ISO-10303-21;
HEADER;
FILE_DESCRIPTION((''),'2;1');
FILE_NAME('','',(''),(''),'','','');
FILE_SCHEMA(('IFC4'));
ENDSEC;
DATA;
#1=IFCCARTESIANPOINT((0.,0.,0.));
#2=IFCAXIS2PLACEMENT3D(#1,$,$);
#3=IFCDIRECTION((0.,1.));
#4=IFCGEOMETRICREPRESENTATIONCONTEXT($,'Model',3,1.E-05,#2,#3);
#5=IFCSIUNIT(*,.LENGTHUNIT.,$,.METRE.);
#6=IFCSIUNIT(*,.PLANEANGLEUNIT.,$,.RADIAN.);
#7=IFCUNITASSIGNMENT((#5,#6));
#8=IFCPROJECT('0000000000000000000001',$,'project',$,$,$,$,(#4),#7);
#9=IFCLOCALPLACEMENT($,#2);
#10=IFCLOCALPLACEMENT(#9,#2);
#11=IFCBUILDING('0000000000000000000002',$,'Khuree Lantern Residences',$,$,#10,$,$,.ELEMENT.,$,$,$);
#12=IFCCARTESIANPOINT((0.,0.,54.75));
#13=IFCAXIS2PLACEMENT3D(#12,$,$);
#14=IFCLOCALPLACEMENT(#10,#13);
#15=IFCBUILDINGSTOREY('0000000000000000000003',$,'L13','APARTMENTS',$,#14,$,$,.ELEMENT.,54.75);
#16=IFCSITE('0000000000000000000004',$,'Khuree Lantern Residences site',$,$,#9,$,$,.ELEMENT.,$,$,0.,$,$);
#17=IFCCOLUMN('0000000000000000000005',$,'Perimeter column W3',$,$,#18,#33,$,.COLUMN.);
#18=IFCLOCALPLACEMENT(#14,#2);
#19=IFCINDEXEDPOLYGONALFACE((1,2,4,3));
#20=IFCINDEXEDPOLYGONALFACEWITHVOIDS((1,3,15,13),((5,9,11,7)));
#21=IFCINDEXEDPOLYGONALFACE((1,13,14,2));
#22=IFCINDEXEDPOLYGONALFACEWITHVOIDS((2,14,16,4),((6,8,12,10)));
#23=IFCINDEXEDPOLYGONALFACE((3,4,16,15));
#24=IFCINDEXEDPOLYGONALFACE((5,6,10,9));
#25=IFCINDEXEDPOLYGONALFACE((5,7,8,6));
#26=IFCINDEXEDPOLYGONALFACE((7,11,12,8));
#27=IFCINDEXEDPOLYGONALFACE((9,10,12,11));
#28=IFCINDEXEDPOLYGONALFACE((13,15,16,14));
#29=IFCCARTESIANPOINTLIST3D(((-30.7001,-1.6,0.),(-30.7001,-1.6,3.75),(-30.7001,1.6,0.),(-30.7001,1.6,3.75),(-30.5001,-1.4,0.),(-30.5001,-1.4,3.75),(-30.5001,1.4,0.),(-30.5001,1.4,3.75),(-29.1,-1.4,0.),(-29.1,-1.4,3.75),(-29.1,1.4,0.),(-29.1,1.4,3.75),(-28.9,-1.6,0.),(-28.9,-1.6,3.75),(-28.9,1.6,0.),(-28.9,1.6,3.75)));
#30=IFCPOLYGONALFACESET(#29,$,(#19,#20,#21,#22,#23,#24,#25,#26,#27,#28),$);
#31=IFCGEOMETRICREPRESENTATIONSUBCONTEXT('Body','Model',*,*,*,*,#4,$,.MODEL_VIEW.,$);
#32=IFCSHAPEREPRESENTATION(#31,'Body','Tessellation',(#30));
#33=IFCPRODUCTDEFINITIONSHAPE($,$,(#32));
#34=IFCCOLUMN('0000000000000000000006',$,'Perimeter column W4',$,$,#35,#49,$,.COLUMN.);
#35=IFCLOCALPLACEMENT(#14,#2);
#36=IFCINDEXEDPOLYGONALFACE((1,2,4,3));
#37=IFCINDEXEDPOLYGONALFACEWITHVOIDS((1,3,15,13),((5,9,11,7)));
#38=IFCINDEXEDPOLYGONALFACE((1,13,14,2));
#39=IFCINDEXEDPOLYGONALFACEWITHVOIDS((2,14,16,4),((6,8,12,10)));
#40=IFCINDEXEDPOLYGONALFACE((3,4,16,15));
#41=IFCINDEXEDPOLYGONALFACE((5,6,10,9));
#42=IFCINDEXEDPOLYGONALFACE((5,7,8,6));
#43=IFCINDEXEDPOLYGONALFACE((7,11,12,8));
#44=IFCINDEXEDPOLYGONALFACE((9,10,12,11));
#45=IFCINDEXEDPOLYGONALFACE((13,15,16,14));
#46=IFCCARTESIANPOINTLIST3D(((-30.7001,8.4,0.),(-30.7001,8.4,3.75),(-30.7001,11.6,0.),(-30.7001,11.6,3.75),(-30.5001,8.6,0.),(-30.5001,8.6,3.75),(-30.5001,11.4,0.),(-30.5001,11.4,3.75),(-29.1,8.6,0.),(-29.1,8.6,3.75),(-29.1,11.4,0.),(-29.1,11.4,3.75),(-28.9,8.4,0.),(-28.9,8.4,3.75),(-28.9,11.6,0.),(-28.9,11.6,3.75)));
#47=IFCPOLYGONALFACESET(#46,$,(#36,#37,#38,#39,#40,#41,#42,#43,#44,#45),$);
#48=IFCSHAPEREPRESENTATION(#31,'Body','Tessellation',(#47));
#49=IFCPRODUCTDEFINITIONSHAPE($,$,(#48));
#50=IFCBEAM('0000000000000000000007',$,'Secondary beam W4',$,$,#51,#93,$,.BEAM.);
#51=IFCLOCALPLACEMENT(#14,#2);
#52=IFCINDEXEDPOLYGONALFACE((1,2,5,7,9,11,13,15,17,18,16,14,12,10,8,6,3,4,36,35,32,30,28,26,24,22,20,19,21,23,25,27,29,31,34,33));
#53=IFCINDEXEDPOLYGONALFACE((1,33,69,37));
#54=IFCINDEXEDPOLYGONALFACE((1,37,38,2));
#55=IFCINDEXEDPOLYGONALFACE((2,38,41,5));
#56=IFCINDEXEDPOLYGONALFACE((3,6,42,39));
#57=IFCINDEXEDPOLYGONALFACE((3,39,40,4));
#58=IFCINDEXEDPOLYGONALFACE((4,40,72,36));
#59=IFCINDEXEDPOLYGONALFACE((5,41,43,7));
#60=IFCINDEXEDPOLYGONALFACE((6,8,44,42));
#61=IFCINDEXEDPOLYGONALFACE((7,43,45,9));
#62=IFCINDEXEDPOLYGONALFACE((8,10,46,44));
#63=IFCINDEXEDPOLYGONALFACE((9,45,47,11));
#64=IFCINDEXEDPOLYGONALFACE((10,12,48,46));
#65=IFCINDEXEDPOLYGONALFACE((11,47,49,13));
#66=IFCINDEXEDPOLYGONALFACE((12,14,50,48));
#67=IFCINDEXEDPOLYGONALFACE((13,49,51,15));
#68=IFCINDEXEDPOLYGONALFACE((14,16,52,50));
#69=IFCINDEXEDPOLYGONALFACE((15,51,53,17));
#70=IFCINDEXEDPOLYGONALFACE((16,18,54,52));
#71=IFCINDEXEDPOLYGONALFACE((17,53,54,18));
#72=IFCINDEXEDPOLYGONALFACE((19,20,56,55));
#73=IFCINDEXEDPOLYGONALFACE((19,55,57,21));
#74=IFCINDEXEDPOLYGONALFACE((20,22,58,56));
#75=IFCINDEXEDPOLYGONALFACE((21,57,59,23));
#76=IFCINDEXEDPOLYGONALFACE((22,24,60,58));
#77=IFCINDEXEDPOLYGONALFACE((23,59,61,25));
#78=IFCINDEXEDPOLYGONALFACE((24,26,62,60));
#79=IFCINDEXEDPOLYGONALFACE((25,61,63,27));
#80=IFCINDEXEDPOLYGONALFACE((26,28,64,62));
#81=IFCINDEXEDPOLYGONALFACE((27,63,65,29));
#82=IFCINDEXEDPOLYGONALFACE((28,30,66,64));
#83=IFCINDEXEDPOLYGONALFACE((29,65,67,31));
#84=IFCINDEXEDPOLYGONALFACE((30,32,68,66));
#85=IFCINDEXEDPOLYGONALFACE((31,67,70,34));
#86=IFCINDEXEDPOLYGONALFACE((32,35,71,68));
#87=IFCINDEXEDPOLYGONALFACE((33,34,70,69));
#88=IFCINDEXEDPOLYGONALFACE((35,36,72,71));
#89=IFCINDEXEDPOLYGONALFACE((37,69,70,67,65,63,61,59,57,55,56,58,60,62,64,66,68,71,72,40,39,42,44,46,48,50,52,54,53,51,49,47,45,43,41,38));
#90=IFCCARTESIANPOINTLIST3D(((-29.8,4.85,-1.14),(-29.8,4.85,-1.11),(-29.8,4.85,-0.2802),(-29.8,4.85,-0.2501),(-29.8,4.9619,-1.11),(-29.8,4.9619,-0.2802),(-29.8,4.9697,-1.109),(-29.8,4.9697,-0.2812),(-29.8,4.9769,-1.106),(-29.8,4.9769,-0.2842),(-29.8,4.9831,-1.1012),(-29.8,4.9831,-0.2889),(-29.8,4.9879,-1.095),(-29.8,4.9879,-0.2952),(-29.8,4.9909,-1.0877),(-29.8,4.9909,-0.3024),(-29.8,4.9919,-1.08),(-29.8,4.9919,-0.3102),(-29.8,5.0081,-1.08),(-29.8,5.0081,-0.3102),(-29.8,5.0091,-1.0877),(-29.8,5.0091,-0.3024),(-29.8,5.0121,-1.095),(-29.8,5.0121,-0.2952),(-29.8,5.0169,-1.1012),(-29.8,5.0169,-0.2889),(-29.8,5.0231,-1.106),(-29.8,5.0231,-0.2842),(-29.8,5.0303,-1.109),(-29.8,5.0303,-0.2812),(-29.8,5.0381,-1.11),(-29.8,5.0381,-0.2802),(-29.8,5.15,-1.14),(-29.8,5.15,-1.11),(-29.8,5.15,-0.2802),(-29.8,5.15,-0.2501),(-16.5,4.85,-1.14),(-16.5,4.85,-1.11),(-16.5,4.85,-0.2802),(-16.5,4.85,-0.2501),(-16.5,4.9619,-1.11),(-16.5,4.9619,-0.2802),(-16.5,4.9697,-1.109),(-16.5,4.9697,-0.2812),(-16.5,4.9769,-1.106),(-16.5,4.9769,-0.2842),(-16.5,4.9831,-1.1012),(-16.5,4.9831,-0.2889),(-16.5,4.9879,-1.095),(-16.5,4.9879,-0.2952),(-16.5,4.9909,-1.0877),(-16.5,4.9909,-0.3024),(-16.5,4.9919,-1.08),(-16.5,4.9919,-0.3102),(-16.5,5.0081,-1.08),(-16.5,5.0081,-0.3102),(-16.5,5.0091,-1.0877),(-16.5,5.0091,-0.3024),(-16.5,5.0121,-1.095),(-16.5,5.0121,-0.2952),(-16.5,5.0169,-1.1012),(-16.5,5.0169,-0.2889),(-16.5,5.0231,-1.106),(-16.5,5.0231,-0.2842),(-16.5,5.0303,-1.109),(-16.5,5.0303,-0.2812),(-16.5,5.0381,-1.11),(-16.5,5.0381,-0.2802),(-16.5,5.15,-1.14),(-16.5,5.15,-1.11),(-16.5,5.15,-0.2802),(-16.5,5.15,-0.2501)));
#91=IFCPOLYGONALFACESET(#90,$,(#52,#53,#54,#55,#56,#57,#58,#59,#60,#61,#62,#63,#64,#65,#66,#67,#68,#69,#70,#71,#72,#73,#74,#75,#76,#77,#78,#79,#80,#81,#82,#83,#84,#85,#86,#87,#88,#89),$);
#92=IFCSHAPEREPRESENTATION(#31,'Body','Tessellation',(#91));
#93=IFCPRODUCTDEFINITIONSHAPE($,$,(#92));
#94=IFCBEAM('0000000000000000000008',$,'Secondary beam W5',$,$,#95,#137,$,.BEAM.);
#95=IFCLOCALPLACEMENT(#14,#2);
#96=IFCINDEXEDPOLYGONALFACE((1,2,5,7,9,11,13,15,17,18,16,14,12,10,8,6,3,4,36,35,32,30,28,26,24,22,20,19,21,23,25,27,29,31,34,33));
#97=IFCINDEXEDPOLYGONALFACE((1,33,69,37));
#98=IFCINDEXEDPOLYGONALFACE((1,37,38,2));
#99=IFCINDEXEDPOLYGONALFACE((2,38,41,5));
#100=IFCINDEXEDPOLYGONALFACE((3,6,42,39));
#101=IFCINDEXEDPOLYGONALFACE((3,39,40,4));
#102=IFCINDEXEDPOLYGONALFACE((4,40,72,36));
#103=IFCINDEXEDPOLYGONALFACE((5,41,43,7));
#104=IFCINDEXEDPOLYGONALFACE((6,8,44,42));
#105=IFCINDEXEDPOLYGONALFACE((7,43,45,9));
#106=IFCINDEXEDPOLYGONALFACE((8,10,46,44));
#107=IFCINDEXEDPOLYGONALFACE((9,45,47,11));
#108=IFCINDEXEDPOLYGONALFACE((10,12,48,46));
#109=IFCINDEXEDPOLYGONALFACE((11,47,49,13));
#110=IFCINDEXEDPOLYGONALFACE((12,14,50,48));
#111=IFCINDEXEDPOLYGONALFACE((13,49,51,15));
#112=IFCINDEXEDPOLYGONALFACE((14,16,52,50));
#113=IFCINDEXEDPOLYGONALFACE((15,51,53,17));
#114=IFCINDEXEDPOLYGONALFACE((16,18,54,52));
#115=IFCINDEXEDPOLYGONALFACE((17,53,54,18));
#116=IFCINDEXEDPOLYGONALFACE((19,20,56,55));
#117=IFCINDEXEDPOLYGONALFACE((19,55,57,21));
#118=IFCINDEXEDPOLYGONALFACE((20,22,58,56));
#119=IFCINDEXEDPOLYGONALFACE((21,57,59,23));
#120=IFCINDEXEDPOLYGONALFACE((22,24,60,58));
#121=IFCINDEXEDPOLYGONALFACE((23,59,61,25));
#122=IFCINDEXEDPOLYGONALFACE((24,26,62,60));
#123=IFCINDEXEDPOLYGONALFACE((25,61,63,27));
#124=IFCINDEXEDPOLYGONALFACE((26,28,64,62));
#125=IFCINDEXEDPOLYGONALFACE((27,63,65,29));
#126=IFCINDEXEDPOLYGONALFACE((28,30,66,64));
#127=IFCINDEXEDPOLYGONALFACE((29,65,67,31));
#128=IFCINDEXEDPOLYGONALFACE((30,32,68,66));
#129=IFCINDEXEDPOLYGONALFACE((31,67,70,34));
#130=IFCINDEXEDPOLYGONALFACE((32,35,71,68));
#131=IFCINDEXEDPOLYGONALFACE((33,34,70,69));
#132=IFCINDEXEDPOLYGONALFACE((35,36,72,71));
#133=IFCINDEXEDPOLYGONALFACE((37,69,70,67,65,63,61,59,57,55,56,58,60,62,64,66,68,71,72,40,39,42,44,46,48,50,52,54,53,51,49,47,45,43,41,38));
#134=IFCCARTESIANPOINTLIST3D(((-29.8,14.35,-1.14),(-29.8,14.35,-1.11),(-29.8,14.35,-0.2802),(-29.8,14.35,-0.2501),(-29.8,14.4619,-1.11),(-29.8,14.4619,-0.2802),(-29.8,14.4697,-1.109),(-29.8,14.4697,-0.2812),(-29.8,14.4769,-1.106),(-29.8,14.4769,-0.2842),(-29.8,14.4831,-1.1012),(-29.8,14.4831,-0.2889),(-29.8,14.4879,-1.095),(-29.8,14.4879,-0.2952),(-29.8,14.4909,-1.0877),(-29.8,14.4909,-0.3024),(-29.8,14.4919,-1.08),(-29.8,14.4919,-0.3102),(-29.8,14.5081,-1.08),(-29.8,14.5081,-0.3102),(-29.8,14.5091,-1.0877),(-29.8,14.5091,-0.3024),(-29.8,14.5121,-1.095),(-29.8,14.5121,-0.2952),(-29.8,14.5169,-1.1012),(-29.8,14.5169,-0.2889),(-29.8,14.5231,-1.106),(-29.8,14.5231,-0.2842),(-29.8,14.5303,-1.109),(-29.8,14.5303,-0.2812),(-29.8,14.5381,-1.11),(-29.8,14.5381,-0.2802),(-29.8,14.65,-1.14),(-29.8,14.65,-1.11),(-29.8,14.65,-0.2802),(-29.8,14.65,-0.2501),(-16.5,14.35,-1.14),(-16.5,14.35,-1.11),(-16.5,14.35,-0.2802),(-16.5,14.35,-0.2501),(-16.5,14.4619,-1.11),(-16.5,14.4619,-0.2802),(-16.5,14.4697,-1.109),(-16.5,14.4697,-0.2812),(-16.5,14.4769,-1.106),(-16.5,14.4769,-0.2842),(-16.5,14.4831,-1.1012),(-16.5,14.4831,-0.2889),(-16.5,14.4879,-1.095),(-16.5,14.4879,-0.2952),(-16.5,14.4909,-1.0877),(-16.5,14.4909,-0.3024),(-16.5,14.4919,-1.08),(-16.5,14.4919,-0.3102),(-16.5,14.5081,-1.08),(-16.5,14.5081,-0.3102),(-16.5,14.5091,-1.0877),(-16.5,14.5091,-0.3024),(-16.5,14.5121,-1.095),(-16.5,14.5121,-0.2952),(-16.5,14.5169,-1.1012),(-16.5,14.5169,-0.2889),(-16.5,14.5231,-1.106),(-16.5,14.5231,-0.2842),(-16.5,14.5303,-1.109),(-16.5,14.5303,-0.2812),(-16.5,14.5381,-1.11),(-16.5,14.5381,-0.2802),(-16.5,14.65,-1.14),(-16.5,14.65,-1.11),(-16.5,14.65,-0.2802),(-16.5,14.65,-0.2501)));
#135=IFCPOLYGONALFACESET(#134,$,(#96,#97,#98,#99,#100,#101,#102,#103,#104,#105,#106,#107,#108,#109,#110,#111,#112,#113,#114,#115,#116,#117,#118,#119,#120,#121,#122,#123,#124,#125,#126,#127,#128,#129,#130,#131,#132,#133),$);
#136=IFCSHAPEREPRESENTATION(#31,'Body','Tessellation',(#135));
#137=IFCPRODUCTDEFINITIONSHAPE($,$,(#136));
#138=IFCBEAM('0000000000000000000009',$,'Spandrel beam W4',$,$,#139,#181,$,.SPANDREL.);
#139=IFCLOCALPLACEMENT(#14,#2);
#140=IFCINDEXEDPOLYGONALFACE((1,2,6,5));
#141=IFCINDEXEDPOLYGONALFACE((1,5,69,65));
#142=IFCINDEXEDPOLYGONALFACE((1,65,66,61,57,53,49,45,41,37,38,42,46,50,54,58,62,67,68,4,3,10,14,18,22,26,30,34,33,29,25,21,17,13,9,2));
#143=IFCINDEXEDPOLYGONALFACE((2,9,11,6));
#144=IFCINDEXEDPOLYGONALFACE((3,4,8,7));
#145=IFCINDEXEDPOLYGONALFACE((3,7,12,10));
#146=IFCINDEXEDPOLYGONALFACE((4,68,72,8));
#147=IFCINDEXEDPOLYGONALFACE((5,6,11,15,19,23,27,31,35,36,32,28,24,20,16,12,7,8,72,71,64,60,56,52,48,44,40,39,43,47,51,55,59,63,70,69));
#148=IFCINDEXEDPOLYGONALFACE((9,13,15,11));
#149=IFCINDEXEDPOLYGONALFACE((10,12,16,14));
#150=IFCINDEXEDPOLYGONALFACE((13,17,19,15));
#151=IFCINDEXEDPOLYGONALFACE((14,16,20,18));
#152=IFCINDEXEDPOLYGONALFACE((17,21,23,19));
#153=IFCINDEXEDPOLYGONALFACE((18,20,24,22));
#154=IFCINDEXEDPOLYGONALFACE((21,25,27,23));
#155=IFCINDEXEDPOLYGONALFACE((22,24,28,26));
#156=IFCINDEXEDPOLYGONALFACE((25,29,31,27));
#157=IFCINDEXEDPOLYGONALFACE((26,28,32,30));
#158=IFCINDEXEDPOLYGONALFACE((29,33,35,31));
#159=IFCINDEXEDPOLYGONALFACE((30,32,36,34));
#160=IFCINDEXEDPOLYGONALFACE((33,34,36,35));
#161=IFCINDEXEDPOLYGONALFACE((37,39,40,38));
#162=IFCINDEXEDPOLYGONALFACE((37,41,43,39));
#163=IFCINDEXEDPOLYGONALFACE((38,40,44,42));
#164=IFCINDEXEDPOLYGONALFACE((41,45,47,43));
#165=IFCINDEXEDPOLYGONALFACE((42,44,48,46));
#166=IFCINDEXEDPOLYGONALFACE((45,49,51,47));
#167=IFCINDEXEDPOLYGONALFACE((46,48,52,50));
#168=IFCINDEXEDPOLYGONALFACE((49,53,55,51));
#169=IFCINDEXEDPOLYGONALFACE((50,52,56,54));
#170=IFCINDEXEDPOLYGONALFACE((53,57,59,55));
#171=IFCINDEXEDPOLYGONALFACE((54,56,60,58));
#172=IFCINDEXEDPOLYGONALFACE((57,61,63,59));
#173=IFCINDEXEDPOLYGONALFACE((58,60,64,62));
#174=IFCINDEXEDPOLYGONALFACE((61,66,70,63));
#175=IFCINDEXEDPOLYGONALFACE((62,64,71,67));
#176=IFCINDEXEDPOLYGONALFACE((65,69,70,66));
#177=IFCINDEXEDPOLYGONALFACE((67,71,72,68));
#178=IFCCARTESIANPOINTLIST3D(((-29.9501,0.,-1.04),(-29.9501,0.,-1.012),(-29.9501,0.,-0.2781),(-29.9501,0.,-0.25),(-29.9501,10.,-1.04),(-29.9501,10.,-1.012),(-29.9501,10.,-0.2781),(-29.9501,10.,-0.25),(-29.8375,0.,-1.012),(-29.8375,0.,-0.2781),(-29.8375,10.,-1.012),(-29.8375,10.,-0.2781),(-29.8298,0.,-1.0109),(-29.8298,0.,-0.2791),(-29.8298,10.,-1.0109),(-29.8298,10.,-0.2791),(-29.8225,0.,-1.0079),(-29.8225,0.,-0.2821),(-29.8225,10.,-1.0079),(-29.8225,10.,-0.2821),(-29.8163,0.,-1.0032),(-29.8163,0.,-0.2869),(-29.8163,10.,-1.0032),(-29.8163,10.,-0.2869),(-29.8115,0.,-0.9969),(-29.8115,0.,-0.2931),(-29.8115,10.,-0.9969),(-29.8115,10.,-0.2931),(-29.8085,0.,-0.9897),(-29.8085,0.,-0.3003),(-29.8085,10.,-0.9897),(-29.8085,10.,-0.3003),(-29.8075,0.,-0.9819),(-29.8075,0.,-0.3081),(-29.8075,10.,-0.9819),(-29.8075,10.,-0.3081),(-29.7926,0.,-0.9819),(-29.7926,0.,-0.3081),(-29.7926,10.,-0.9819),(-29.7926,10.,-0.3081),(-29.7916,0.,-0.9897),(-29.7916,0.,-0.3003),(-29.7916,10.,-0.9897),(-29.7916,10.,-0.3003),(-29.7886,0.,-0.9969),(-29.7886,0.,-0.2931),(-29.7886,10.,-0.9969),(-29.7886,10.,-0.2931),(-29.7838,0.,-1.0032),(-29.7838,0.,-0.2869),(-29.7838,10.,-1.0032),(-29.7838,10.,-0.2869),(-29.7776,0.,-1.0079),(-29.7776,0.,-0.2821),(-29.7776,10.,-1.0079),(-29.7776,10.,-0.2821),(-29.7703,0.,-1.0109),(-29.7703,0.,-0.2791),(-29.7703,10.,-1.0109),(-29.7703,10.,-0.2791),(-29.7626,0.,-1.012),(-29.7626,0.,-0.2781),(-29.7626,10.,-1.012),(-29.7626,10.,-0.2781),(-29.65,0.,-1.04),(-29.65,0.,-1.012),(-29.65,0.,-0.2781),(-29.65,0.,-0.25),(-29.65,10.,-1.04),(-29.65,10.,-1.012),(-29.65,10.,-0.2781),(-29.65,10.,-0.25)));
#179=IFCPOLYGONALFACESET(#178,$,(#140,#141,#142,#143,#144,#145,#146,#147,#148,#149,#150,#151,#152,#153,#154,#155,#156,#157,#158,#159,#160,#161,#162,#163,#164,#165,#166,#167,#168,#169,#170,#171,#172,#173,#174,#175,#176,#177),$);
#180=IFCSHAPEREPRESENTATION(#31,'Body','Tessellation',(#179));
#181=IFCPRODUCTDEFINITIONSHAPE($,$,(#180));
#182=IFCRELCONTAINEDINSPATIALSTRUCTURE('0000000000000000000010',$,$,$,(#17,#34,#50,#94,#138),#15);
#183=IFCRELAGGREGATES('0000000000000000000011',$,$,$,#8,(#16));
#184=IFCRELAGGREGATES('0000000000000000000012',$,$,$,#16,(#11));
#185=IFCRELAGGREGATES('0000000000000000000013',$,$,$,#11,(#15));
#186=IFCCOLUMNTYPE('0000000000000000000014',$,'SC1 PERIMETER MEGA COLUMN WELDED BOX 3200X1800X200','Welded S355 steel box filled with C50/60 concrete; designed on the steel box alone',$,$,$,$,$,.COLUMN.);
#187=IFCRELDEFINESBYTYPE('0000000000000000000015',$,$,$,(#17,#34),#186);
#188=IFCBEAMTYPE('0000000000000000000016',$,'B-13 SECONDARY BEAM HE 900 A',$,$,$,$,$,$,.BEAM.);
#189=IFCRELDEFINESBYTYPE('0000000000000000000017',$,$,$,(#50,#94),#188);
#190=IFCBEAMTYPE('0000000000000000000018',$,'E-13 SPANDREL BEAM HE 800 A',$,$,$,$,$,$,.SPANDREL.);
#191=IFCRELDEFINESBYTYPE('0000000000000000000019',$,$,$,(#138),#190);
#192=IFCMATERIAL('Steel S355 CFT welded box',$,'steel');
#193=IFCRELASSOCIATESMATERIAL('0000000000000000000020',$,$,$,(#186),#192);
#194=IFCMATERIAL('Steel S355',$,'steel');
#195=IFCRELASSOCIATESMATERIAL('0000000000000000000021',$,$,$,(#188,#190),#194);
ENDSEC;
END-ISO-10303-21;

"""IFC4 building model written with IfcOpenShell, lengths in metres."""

from ifc_helpers import new_model, si_unit, direction, frame, origin, origin_2d, place, context, subcontext, project, spatial, hollow_rectangle, i_section, extrude, material, material_profile, profile_set, type_object, element, save


model = new_model("IFC4")

# Units and contexts
model_context = context("Model", 3, precision=1e-05, world=origin(), true_north=direction((0.0, 1.0)))
body_context = subcontext(model_context, "Body", "Model", "MODEL_VIEW")
ifc_project = project(units=[si_unit("LENGTHUNIT", "METRE"), si_unit("PLANEANGLEUNIT", "RADIAN")], contexts=[model_context])

# Site, building, storey
site_placement = place(None, origin())
site = spatial("IfcSite", under=ifc_project, at=site_placement, Name="Khuree Lantern Residences site", CompositionType="ELEMENT", RefElevation=0.0)
building_placement = place(site_placement, origin())
building = spatial("IfcBuilding", under=site, at=building_placement, Name="Khuree Lantern Residences", CompositionType="ELEMENT")
storey_placement = place(building_placement, frame((0.0, 0.0, 54.75)))
storey = spatial("IfcBuildingStorey", under=building, at=storey_placement, Name="L13", Description="APARTMENTS", CompositionType="ELEMENT", Elevation=54.75)

# Columns
ifc_material_1 = material(Name="Steel S355 CFT welded box", Category="steel")
ifc_material_profile_1 = material_profile(ifc_material_1, hollow_rectangle(XDim=3.2, YDim=1.8, WallThickness=0.2, at=origin_2d()), Name="WELDED BOX 3200X1800X200")
ifc_profile_set_1 = profile_set([ifc_material_profile_1], Name="Steel S355 CFT welded box")
column_type = type_object("IfcColumnType", Name="SC1 PERIMETER MEGA COLUMN WELDED BOX 3200X1800X200", Description="Welded S355 steel box filled with C50/60 concrete; designed on the steel box alone", PredefinedType="COLUMN", material=ifc_profile_set_1)
for number, where, z_axis, x_axis, name in (
    (1, (-29.8, 0.0, 0.0), (0.0, 0.0, 1.0), (0.0, 1.0, 0.0), "Perimeter column W3"),
    (2, (-29.8, 10.0, 0.0), (0.0, 0.0, 1.0), (0.0, 1.0, 0.0), "Perimeter column W4"),
):
    element("IfcColumn", number, at=place(storey_placement, frame(where, z_axis=z_axis, x_axis=x_axis)), inside=storey, type_object=column_type, Name=name, PredefinedType="COLUMN", context=body_context, shape_type="SweptSolid", body=[
        extrude(hollow_rectangle(XDim=3.2, YDim=1.8, WallThickness=0.2, at=origin_2d()), origin(), (0.0, 0.0, 1.0), 3.75),
    ])

# Beams
ifc_material_2 = material(Name="Steel S355", Category="steel")
ifc_material_profile_2 = material_profile(ifc_material_2, i_section(OverallWidth=0.3, OverallDepth=0.8899, WebThickness=0.0161, FlangeThickness=0.03, FilletRadius=0.03, at=origin_2d()), Name="HE 900 A")
ifc_profile_set_2 = profile_set([ifc_material_profile_2], Name="Steel S355")
beam_type_1 = type_object("IfcBeamType", Name="B-13 SECONDARY BEAM HE 900 A", PredefinedType="BEAM", material=ifc_profile_set_2)
for number, where, z_axis, x_axis, name in (
    (3, (-29.8, 5.0, -0.6951), (1.0, 0.0, 0.0), (0.0, 1.0, 0.0), "Secondary beam W4"),
    (4, (-29.8, 14.5, -0.6951), (1.0, 0.0, 0.0), (0.0, 1.0, 0.0), "Secondary beam W5"),
):
    element("IfcBeam", number, at=place(storey_placement, frame(where, z_axis=z_axis, x_axis=x_axis)), inside=storey, type_object=beam_type_1, Name=name, PredefinedType="BEAM", context=body_context, shape_type="SweptSolid", body=[
        extrude(i_section(OverallWidth=0.3, OverallDepth=0.8899, WebThickness=0.0161, FlangeThickness=0.03, FilletRadius=0.03, at=origin_2d()), origin(), (0.0, 0.0, 1.0), 13.3),
    ])
ifc_material_profile_3 = material_profile(ifc_material_2, i_section(OverallWidth=0.3, OverallDepth=0.79, WebThickness=0.0149, FlangeThickness=0.0281, FilletRadius=0.03, at=origin_2d()), Name="HE 800 A")
ifc_profile_set_3 = profile_set([ifc_material_profile_3], Name="Steel S355")
beam_type_2 = type_object("IfcBeamType", Name="E-13 SPANDREL BEAM HE 800 A", PredefinedType="SPANDREL", material=ifc_profile_set_3)
for number, where, z_axis, x_axis, name in (
    (5, (-29.8, 0.0, -0.645), (0.0, 1.0, 0.0), (-1.0, 0.0, 0.0), "Spandrel beam W4"),
):
    element("IfcBeam", number, at=place(storey_placement, frame(where, z_axis=z_axis, x_axis=x_axis)), inside=storey, type_object=beam_type_2, Name=name, PredefinedType="SPANDREL", context=body_context, shape_type="SweptSolid", body=[
        extrude(i_section(OverallWidth=0.3, OverallDepth=0.79, WebThickness=0.0149, FlangeThickness=0.0281, FilletRadius=0.03, at=origin_2d()), origin(), (0.0, 0.0, 1.0), 10.0),
    ])

save(model, "model.ifc")
